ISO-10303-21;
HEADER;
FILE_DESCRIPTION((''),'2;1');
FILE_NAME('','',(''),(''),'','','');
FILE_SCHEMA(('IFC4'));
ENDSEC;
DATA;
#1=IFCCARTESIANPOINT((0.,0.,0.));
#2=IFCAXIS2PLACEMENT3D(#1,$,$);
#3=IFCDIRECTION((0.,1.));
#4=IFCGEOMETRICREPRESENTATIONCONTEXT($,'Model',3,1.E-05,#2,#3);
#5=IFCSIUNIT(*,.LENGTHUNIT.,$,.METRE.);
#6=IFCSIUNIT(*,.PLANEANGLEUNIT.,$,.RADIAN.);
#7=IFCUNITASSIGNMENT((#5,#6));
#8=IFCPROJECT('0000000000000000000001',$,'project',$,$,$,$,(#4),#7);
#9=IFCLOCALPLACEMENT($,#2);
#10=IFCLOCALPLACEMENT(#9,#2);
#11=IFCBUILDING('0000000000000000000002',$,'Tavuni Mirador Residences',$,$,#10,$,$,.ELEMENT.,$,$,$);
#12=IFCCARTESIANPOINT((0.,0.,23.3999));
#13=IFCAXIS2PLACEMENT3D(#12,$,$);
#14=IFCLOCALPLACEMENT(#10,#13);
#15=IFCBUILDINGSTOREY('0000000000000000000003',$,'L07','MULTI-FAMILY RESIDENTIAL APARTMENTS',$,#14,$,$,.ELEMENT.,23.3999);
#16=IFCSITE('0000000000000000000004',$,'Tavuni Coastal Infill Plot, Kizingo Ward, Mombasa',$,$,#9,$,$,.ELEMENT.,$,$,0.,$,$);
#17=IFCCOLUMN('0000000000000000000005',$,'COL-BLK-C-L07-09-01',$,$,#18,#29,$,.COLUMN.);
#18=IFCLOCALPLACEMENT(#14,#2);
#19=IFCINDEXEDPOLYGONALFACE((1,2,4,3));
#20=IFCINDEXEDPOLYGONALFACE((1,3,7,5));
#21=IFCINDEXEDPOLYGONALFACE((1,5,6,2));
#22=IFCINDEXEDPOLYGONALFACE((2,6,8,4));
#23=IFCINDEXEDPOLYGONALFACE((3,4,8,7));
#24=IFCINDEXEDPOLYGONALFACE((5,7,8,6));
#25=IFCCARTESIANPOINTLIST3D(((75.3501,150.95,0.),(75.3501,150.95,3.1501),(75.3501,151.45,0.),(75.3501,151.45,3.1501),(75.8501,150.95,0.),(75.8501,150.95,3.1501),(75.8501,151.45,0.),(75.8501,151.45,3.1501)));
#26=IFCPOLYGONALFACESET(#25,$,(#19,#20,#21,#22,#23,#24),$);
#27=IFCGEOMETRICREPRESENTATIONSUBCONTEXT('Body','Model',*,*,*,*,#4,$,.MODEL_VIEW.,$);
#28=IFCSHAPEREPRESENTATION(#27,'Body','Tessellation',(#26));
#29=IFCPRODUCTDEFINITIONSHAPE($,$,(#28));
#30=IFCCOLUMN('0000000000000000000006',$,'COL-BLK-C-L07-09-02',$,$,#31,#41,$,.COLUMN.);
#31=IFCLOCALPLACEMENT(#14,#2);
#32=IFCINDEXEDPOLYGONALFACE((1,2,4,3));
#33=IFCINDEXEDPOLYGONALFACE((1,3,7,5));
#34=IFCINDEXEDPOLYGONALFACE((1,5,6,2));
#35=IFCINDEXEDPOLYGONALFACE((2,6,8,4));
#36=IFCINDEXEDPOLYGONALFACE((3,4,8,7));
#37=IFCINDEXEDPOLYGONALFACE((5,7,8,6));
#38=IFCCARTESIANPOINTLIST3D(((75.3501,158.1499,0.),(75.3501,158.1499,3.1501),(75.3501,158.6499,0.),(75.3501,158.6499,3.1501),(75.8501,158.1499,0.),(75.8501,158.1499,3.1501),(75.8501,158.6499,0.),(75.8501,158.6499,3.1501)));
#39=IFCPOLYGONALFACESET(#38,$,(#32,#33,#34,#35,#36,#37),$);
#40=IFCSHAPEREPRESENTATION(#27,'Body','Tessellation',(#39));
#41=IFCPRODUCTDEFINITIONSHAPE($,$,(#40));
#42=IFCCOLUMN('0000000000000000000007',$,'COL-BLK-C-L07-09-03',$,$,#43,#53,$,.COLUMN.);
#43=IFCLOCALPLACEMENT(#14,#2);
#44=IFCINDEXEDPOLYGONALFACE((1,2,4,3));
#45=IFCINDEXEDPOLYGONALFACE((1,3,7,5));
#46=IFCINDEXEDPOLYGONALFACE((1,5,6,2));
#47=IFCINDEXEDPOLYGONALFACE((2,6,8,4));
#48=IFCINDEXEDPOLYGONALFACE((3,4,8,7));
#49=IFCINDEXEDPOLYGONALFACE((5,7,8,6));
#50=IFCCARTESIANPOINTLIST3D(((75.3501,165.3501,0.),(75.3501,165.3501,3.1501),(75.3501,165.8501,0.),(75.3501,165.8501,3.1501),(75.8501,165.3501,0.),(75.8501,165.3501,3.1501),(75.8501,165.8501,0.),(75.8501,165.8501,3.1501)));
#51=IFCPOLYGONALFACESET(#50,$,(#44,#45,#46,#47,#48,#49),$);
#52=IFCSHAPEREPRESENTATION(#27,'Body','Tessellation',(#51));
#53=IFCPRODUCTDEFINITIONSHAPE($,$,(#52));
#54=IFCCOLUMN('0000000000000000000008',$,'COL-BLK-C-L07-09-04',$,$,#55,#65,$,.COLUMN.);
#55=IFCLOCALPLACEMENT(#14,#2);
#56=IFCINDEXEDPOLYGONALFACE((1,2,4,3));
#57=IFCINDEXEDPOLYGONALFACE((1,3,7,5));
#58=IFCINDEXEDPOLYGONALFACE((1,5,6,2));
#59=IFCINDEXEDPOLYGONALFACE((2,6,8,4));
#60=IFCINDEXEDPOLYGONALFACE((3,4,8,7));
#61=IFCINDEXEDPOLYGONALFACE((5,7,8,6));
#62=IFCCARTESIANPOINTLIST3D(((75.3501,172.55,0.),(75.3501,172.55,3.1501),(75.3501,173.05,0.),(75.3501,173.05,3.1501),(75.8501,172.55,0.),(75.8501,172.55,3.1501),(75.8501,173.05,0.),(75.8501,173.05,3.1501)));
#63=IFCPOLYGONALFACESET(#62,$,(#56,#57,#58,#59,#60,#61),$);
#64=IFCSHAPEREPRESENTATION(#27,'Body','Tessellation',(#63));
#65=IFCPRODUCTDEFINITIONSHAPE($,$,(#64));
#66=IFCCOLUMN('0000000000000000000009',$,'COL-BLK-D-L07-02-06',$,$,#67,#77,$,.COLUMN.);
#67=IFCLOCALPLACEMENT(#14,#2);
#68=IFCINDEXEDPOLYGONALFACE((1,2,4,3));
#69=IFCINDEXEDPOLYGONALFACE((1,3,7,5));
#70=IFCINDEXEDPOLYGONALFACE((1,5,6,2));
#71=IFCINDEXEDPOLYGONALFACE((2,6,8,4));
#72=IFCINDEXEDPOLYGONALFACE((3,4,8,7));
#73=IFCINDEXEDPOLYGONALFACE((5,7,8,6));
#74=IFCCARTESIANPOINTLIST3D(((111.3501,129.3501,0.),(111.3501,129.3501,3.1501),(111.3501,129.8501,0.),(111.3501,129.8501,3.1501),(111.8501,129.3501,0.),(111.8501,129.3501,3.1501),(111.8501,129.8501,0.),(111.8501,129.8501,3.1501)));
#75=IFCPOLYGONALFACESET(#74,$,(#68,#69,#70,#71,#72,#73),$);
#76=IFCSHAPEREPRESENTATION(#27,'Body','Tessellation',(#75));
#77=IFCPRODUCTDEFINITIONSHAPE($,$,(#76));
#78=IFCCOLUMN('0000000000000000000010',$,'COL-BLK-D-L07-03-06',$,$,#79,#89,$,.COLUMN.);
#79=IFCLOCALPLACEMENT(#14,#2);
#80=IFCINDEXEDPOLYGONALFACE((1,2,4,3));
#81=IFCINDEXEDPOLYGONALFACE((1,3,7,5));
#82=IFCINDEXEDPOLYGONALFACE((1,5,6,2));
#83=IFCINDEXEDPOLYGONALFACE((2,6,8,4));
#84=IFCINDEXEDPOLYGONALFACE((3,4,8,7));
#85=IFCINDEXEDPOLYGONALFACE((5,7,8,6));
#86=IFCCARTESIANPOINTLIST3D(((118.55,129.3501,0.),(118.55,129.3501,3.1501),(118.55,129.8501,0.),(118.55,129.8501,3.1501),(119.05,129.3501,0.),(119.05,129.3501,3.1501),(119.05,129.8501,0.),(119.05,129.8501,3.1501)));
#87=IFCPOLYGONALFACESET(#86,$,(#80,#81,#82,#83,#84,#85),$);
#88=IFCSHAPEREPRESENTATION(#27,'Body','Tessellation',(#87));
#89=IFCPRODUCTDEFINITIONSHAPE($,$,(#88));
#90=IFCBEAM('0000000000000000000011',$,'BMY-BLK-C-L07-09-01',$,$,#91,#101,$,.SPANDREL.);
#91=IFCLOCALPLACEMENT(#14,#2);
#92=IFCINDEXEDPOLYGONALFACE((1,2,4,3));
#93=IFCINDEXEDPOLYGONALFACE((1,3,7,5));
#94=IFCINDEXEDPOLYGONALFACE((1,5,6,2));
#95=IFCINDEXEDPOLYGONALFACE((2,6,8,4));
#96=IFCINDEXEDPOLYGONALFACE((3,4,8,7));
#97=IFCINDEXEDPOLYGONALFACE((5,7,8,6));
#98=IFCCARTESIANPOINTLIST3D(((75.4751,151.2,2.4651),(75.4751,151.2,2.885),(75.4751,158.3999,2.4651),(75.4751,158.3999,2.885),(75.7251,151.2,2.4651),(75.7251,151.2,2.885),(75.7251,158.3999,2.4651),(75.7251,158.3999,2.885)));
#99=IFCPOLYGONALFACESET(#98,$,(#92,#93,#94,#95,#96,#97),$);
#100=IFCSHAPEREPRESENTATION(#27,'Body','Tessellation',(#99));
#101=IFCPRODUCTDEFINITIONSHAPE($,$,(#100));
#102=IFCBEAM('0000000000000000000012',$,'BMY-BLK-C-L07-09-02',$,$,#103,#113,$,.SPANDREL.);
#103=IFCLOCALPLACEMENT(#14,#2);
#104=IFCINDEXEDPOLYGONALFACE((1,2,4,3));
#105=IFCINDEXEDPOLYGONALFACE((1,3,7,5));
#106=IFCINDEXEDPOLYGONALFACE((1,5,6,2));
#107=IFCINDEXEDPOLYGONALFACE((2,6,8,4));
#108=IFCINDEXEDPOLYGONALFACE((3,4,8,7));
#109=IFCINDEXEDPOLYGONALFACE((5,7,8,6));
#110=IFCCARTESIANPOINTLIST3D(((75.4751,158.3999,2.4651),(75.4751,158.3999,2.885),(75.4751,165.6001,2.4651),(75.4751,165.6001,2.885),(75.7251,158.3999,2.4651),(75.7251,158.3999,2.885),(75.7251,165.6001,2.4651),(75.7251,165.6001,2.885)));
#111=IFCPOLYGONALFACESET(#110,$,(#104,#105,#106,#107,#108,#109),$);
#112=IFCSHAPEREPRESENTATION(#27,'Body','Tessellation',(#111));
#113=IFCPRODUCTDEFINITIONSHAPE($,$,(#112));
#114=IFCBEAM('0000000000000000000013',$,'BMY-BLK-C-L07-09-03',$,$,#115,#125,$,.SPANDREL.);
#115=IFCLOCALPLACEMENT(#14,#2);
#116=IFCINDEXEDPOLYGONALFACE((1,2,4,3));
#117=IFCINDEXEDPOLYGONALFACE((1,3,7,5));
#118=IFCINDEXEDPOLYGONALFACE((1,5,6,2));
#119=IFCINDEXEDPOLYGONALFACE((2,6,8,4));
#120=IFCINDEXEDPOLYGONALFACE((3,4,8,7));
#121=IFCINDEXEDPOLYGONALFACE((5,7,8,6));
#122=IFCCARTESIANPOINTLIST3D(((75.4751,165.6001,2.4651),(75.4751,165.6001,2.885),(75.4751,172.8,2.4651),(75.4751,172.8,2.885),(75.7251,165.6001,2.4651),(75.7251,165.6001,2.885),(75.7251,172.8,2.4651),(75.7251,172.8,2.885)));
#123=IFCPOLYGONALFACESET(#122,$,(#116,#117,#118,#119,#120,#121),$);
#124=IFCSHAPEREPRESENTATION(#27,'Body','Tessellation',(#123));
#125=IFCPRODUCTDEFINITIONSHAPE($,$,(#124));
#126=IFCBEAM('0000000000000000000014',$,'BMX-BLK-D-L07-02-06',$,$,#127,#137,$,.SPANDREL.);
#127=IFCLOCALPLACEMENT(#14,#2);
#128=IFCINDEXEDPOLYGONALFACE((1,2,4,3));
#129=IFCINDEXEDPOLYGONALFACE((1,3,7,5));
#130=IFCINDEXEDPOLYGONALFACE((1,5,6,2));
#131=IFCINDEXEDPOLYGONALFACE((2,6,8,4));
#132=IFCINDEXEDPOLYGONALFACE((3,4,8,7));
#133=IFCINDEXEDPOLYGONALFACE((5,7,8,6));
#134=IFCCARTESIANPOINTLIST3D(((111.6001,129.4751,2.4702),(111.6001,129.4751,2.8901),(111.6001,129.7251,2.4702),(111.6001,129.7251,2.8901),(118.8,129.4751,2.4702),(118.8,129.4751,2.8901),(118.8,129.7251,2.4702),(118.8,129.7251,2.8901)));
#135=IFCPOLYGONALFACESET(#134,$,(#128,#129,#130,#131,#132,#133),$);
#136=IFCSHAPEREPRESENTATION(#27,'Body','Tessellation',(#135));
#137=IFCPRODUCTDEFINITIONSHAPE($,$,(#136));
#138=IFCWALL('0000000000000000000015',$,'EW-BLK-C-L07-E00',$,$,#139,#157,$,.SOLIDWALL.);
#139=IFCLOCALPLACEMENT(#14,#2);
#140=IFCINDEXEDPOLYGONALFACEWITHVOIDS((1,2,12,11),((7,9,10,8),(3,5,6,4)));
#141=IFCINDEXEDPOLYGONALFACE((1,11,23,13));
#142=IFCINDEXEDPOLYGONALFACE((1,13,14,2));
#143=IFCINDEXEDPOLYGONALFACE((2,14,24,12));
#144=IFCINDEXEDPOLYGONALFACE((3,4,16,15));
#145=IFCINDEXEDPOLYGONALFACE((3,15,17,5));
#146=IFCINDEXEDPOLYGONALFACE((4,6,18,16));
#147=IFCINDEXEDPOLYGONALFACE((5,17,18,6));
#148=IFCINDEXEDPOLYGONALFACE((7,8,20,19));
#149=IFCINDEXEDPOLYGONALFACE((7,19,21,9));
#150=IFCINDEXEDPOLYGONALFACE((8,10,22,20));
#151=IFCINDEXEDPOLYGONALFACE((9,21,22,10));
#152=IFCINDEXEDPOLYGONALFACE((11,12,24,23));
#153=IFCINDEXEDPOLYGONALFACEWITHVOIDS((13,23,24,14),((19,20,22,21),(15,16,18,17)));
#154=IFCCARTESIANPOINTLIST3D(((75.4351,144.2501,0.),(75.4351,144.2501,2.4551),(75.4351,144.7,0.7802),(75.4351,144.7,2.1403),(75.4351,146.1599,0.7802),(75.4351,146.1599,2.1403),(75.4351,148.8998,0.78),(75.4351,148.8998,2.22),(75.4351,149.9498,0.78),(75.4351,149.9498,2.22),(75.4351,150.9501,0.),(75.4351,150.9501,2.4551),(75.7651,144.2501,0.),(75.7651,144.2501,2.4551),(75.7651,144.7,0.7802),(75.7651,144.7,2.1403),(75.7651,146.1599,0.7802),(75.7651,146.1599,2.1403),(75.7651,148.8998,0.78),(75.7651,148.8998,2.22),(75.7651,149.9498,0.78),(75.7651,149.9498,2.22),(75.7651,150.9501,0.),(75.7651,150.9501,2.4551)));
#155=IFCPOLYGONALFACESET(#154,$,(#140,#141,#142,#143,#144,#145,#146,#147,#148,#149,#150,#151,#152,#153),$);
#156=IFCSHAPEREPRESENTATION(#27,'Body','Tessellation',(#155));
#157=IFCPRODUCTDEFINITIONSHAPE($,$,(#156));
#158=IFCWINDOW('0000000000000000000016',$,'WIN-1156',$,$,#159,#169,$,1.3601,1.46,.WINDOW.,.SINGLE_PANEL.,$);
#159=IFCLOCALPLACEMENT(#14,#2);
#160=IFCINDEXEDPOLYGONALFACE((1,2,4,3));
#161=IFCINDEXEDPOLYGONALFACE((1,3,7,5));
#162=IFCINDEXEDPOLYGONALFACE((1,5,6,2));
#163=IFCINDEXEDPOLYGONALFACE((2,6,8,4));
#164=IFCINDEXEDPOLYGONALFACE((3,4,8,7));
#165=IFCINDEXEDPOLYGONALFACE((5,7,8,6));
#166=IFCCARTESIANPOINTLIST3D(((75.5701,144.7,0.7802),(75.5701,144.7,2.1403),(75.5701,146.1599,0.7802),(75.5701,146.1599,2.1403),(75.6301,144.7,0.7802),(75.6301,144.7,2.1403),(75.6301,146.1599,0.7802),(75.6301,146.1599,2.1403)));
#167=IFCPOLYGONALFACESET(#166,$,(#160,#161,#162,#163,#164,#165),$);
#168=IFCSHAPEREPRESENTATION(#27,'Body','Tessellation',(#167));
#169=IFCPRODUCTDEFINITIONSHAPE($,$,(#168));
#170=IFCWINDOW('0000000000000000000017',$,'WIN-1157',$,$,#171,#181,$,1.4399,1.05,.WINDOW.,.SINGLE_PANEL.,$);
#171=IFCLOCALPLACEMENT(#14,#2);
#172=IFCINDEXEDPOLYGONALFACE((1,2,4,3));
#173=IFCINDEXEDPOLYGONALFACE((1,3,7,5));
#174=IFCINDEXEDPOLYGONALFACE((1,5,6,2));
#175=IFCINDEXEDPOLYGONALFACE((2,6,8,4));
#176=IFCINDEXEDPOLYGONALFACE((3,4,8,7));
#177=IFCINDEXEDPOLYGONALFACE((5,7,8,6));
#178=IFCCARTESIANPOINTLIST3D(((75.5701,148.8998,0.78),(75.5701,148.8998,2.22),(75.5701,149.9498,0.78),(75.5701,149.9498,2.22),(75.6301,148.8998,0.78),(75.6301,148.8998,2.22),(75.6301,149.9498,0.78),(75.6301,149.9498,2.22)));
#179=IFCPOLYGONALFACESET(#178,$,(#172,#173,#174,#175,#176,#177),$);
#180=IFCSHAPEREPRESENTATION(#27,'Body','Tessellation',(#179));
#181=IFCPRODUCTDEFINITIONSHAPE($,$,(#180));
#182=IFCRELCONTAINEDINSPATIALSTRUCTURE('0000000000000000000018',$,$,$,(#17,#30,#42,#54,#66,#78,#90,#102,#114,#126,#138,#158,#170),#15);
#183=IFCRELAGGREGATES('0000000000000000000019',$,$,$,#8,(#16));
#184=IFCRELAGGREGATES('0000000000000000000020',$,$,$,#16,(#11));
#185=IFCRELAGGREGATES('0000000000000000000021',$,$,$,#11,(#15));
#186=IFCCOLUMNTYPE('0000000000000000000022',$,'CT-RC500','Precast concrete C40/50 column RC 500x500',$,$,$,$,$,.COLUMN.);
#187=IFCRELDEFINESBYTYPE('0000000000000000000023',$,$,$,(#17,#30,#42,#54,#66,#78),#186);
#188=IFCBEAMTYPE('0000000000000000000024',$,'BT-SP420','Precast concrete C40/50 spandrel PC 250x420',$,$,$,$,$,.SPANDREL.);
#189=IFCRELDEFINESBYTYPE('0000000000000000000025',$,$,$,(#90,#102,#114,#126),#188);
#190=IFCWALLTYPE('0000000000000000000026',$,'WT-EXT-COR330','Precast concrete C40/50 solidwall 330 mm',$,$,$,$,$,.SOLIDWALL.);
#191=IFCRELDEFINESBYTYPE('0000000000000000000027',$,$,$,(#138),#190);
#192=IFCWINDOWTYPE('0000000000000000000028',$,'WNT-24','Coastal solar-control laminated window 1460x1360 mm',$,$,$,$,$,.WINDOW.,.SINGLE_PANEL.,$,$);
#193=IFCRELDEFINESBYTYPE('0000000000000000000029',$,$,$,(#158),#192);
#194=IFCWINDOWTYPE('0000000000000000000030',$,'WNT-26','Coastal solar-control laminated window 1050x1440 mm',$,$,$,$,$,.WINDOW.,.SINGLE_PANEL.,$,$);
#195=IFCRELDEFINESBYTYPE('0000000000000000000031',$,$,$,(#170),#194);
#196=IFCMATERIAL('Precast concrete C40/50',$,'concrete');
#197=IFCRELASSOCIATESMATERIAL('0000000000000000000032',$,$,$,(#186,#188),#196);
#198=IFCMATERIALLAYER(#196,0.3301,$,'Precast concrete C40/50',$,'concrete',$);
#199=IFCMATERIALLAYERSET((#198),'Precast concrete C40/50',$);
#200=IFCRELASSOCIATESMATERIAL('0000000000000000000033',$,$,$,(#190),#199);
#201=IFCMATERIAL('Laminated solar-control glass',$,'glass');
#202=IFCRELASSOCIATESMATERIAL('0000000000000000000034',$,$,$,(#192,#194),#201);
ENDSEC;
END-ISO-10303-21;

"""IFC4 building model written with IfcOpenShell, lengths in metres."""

from ifc_helpers import new_model, si_unit, direction, frame, frame_2d, origin, origin_2d, place, context, subcontext, project, spatial, rectangle, extrude, material, layer, layer_set, material_profile, profile_set, type_object, element, fill, save


model = new_model("IFC4")

# Units and contexts
model_context = context("Model", 3, precision=1e-05, world=origin(), true_north=direction((0.0, 1.0)))
body_context = subcontext(model_context, "Body", "Model", "MODEL_VIEW")
ifc_project = project(units=[si_unit("LENGTHUNIT", "METRE"), si_unit("PLANEANGLEUNIT", "RADIAN")], contexts=[model_context])

# Site, building, storey
site_placement = place(None, origin())
site = spatial("IfcSite", under=ifc_project, at=site_placement, Name="Tavuni Coastal Infill Plot, Kizingo Ward, Mombasa", CompositionType="ELEMENT", RefElevation=0.0)
building_placement = place(site_placement, origin())
building = spatial("IfcBuilding", under=site, at=building_placement, Name="Tavuni Mirador Residences", CompositionType="ELEMENT")
storey_placement = place(building_placement, frame((0.0, 0.0, 23.3999)))
storey = spatial("IfcBuildingStorey", under=building, at=storey_placement, Name="L07", Description="MULTI-FAMILY RESIDENTIAL APARTMENTS", CompositionType="ELEMENT", Elevation=23.3999)

# Columns
ifc_material_1 = material(Name="Precast concrete C40/50", Category="concrete")
ifc_material_profile_1 = material_profile(ifc_material_1, rectangle(XDim=0.5, YDim=0.5, at=origin_2d()), Name="RC 500x500", Category="concrete")
ifc_profile_set_1 = profile_set([ifc_material_profile_1], Name="Precast concrete C40/50")
column_type = type_object("IfcColumnType", Name="CT-RC500", Description="Precast concrete C40/50 column RC 500x500", PredefinedType="COLUMN", material=ifc_profile_set_1)
for number, where, z_axis, x_axis, name in (
    (1, (75.6001, 151.2, 0.0), (0.0, 0.0, 1.0), (1.0, 0.0, 0.0), "COL-BLK-C-L07-09-01"),
    (2, (75.6001, 158.3999, 0.0), (0.0, 0.0, 1.0), (1.0, 0.0, 0.0), "COL-BLK-C-L07-09-02"),
    (3, (75.6001, 165.6001, 0.0), (0.0, 0.0, 1.0), (1.0, 0.0, 0.0), "COL-BLK-C-L07-09-03"),
    (4, (75.6001, 172.8, 0.0), (0.0, 0.0, 1.0), (1.0, 0.0, 0.0), "COL-BLK-C-L07-09-04"),
    (5, (111.6001, 129.6001, 0.0), (0.0, 0.0, 1.0), (1.0, 0.0, 0.0), "COL-BLK-D-L07-02-06"),
    (6, (118.8, 129.6001, 0.0), (0.0, 0.0, 1.0), (1.0, 0.0, 0.0), "COL-BLK-D-L07-03-06"),
):
    element("IfcColumn", number, at=place(storey_placement, frame(where, z_axis=z_axis, x_axis=x_axis)), inside=storey, type_object=column_type, Name=name, PredefinedType="COLUMN", context=body_context, shape_type="SweptSolid", body=[
        extrude(rectangle(XDim=0.5, YDim=0.5, at=origin_2d()), origin(), (0.0, 0.0, 1.0), 3.1501),
    ])

# Beams
ifc_material_profile_2 = material_profile(ifc_material_1, rectangle(XDim=0.25, YDim=0.4199, at=origin_2d()), Name="PC 250x420", Category="concrete")
ifc_profile_set_2 = profile_set([ifc_material_profile_2], Name="Precast concrete C40/50")
beam_type = type_object("IfcBeamType", Name="BT-SP420", Description="Precast concrete C40/50 spandrel PC 250x420", PredefinedType="SPANDREL", material=ifc_profile_set_2)
beam_1_placement = place(storey_placement, frame((75.6001, 151.2, 2.675), z_axis=(0.0, 1.0, 0.0), x_axis=(-1.0, 0.0, 0.0)))
element("IfcBeam", 7, at=beam_1_placement, inside=storey, type_object=beam_type, Name="BMY-BLK-C-L07-09-01", PredefinedType="SPANDREL", context=body_context, shape_type="SweptSolid", body=[
    extrude(rectangle(XDim=0.25, YDim=0.4199, at=origin_2d()), origin(), (0.0, 0.0, 1.0), 7.2),
])
beam_2_placement = place(storey_placement, frame((75.6001, 158.3999, 2.675), z_axis=(0.0, 1.0, 0.0), x_axis=(-1.0, 0.0, 0.0)))
element("IfcBeam", 8, at=beam_2_placement, inside=storey, type_object=beam_type, Name="BMY-BLK-C-L07-09-02", PredefinedType="SPANDREL", context=body_context, shape_type="SweptSolid", body=[
    extrude(rectangle(XDim=0.25, YDim=0.4199, at=origin_2d()), origin(), (0.0, 0.0, 1.0), 7.2002),
])
for number, where, z_axis, x_axis, name in (
    (9, (75.6001, 165.6001, 2.675), (0.0, 1.0, 0.0), (-1.0, 0.0, 0.0), "BMY-BLK-C-L07-09-03"),
    (10, (111.6001, 129.6001, 2.6802), (1.0, 0.0, 0.0), (0.0, 1.0, 0.0), "BMX-BLK-D-L07-02-06"),
):
    element("IfcBeam", number, at=place(storey_placement, frame(where, z_axis=z_axis, x_axis=x_axis)), inside=storey, type_object=beam_type, Name=name, PredefinedType="SPANDREL", context=body_context, shape_type="SweptSolid", body=[
        extrude(rectangle(XDim=0.25, YDim=0.4199, at=origin_2d()), origin(), (0.0, 0.0, 1.0), 7.2),
    ])

# Wall, openings, windows
ifc_layer_1 = layer(ifc_material_1, 0.3301, Name="Precast concrete C40/50", Category="concrete")
ifc_layer_set_1 = layer_set([ifc_layer_1], Name="Precast concrete C40/50")
wall_type_1 = type_object("IfcWallType", Name="WT-EXT-COR330", Description="Precast concrete C40/50 solidwall 330 mm", PredefinedType="SOLIDWALL", material=ifc_layer_set_1)
wall_1_placement = place(storey_placement, frame((75.6001, 144.25, 0.0), z_axis=(0.0, 0.0, 1.0), x_axis=(0.0, 1.0, 0.0)))
wall_1 = element("IfcWall", 11, at=wall_1_placement, inside=storey, type_object=wall_type_1, Name="EW-BLK-C-L07-E00", PredefinedType="SOLIDWALL", context=body_context, shape_type="SweptSolid", body=[
    extrude(rectangle(XDim=6.7, YDim=0.3301, at=frame_2d((3.3501, 0.0))), origin(), (0.0, 0.0, 1.0), 2.4551),
])
opening_1_placement = place(wall_1_placement, frame((0.45, 0.0, 0.78)))
opening_1 = element("IfcOpeningElement", 12, at=opening_1_placement, cuts=wall_1, PredefinedType="OPENING", context=body_context, shape_type="SweptSolid", body=[
    extrude(rectangle(XDim=1.46, YDim=1.3601, at=frame_2d((0.73, 0.6802))), frame((0.0, 0.175, 0.0), z_axis=(0.0, -1.0, 0.0), x_axis=(1.0, 0.0, 0.0)), (0.0, 0.0, 1.0), 0.3501),
])
opening_2_placement = place(wall_1_placement, frame((4.6499, 0.0, 0.78)))
opening_2 = element("IfcOpeningElement", 13, at=opening_2_placement, cuts=wall_1, PredefinedType="OPENING", context=body_context, shape_type="SweptSolid", body=[
    extrude(rectangle(XDim=1.05, YDim=1.4399, at=frame_2d((0.5249, 0.72))), frame((0.0, 0.175, 0.0), z_axis=(0.0, -1.0, 0.0), x_axis=(1.0, 0.0, 0.0)), (0.0, 0.0, 1.0), 0.3501),
])
ifc_material_2 = material(Name="Laminated solar-control glass", Category="glass")
window_type_1 = type_object("IfcWindowType", Name="WNT-24", Description="Coastal solar-control laminated window 1460x1360 mm", PartitioningType="SINGLE_PANEL", PredefinedType="WINDOW", material=ifc_material_2)
window_1_placement = place(opening_1_placement, origin())
window_1 = element("IfcWindow", 14, at=window_1_placement, inside=storey, type_object=window_type_1, Name="WIN-1156", OverallHeight=1.3601, OverallWidth=1.46, PartitioningType="SINGLE_PANEL", PredefinedType="WINDOW", context=body_context, shape_type="SweptSolid", body=[
    extrude(rectangle(XDim=1.46, YDim=1.3601, at=frame_2d((0.73, 0.6802))), frame((0.0, 0.03, 0.0), z_axis=(0.0, -1.0, 0.0), x_axis=(1.0, 0.0, 0.0)), (0.0, 0.0, 1.0), 0.0601),
])
fill(opening_1, window_1)
window_type_2 = type_object("IfcWindowType", Name="WNT-26", Description="Coastal solar-control laminated window 1050x1440 mm", PartitioningType="SINGLE_PANEL", PredefinedType="WINDOW", material=ifc_material_2)
window_2_placement = place(opening_2_placement, origin())
window_2 = element("IfcWindow", 15, at=window_2_placement, inside=storey, type_object=window_type_2, Name="WIN-1157", OverallHeight=1.4399, OverallWidth=1.05, PartitioningType="SINGLE_PANEL", PredefinedType="WINDOW", context=body_context, shape_type="SweptSolid", body=[
    extrude(rectangle(XDim=1.05, YDim=1.4399, at=frame_2d((0.5249, 0.72))), frame((0.0, 0.03, 0.0), z_axis=(0.0, -1.0, 0.0), x_axis=(1.0, 0.0, 0.0)), (0.0, 0.0, 1.0), 0.0601),
])
fill(opening_2, window_2)

save(model, "model.ifc")
